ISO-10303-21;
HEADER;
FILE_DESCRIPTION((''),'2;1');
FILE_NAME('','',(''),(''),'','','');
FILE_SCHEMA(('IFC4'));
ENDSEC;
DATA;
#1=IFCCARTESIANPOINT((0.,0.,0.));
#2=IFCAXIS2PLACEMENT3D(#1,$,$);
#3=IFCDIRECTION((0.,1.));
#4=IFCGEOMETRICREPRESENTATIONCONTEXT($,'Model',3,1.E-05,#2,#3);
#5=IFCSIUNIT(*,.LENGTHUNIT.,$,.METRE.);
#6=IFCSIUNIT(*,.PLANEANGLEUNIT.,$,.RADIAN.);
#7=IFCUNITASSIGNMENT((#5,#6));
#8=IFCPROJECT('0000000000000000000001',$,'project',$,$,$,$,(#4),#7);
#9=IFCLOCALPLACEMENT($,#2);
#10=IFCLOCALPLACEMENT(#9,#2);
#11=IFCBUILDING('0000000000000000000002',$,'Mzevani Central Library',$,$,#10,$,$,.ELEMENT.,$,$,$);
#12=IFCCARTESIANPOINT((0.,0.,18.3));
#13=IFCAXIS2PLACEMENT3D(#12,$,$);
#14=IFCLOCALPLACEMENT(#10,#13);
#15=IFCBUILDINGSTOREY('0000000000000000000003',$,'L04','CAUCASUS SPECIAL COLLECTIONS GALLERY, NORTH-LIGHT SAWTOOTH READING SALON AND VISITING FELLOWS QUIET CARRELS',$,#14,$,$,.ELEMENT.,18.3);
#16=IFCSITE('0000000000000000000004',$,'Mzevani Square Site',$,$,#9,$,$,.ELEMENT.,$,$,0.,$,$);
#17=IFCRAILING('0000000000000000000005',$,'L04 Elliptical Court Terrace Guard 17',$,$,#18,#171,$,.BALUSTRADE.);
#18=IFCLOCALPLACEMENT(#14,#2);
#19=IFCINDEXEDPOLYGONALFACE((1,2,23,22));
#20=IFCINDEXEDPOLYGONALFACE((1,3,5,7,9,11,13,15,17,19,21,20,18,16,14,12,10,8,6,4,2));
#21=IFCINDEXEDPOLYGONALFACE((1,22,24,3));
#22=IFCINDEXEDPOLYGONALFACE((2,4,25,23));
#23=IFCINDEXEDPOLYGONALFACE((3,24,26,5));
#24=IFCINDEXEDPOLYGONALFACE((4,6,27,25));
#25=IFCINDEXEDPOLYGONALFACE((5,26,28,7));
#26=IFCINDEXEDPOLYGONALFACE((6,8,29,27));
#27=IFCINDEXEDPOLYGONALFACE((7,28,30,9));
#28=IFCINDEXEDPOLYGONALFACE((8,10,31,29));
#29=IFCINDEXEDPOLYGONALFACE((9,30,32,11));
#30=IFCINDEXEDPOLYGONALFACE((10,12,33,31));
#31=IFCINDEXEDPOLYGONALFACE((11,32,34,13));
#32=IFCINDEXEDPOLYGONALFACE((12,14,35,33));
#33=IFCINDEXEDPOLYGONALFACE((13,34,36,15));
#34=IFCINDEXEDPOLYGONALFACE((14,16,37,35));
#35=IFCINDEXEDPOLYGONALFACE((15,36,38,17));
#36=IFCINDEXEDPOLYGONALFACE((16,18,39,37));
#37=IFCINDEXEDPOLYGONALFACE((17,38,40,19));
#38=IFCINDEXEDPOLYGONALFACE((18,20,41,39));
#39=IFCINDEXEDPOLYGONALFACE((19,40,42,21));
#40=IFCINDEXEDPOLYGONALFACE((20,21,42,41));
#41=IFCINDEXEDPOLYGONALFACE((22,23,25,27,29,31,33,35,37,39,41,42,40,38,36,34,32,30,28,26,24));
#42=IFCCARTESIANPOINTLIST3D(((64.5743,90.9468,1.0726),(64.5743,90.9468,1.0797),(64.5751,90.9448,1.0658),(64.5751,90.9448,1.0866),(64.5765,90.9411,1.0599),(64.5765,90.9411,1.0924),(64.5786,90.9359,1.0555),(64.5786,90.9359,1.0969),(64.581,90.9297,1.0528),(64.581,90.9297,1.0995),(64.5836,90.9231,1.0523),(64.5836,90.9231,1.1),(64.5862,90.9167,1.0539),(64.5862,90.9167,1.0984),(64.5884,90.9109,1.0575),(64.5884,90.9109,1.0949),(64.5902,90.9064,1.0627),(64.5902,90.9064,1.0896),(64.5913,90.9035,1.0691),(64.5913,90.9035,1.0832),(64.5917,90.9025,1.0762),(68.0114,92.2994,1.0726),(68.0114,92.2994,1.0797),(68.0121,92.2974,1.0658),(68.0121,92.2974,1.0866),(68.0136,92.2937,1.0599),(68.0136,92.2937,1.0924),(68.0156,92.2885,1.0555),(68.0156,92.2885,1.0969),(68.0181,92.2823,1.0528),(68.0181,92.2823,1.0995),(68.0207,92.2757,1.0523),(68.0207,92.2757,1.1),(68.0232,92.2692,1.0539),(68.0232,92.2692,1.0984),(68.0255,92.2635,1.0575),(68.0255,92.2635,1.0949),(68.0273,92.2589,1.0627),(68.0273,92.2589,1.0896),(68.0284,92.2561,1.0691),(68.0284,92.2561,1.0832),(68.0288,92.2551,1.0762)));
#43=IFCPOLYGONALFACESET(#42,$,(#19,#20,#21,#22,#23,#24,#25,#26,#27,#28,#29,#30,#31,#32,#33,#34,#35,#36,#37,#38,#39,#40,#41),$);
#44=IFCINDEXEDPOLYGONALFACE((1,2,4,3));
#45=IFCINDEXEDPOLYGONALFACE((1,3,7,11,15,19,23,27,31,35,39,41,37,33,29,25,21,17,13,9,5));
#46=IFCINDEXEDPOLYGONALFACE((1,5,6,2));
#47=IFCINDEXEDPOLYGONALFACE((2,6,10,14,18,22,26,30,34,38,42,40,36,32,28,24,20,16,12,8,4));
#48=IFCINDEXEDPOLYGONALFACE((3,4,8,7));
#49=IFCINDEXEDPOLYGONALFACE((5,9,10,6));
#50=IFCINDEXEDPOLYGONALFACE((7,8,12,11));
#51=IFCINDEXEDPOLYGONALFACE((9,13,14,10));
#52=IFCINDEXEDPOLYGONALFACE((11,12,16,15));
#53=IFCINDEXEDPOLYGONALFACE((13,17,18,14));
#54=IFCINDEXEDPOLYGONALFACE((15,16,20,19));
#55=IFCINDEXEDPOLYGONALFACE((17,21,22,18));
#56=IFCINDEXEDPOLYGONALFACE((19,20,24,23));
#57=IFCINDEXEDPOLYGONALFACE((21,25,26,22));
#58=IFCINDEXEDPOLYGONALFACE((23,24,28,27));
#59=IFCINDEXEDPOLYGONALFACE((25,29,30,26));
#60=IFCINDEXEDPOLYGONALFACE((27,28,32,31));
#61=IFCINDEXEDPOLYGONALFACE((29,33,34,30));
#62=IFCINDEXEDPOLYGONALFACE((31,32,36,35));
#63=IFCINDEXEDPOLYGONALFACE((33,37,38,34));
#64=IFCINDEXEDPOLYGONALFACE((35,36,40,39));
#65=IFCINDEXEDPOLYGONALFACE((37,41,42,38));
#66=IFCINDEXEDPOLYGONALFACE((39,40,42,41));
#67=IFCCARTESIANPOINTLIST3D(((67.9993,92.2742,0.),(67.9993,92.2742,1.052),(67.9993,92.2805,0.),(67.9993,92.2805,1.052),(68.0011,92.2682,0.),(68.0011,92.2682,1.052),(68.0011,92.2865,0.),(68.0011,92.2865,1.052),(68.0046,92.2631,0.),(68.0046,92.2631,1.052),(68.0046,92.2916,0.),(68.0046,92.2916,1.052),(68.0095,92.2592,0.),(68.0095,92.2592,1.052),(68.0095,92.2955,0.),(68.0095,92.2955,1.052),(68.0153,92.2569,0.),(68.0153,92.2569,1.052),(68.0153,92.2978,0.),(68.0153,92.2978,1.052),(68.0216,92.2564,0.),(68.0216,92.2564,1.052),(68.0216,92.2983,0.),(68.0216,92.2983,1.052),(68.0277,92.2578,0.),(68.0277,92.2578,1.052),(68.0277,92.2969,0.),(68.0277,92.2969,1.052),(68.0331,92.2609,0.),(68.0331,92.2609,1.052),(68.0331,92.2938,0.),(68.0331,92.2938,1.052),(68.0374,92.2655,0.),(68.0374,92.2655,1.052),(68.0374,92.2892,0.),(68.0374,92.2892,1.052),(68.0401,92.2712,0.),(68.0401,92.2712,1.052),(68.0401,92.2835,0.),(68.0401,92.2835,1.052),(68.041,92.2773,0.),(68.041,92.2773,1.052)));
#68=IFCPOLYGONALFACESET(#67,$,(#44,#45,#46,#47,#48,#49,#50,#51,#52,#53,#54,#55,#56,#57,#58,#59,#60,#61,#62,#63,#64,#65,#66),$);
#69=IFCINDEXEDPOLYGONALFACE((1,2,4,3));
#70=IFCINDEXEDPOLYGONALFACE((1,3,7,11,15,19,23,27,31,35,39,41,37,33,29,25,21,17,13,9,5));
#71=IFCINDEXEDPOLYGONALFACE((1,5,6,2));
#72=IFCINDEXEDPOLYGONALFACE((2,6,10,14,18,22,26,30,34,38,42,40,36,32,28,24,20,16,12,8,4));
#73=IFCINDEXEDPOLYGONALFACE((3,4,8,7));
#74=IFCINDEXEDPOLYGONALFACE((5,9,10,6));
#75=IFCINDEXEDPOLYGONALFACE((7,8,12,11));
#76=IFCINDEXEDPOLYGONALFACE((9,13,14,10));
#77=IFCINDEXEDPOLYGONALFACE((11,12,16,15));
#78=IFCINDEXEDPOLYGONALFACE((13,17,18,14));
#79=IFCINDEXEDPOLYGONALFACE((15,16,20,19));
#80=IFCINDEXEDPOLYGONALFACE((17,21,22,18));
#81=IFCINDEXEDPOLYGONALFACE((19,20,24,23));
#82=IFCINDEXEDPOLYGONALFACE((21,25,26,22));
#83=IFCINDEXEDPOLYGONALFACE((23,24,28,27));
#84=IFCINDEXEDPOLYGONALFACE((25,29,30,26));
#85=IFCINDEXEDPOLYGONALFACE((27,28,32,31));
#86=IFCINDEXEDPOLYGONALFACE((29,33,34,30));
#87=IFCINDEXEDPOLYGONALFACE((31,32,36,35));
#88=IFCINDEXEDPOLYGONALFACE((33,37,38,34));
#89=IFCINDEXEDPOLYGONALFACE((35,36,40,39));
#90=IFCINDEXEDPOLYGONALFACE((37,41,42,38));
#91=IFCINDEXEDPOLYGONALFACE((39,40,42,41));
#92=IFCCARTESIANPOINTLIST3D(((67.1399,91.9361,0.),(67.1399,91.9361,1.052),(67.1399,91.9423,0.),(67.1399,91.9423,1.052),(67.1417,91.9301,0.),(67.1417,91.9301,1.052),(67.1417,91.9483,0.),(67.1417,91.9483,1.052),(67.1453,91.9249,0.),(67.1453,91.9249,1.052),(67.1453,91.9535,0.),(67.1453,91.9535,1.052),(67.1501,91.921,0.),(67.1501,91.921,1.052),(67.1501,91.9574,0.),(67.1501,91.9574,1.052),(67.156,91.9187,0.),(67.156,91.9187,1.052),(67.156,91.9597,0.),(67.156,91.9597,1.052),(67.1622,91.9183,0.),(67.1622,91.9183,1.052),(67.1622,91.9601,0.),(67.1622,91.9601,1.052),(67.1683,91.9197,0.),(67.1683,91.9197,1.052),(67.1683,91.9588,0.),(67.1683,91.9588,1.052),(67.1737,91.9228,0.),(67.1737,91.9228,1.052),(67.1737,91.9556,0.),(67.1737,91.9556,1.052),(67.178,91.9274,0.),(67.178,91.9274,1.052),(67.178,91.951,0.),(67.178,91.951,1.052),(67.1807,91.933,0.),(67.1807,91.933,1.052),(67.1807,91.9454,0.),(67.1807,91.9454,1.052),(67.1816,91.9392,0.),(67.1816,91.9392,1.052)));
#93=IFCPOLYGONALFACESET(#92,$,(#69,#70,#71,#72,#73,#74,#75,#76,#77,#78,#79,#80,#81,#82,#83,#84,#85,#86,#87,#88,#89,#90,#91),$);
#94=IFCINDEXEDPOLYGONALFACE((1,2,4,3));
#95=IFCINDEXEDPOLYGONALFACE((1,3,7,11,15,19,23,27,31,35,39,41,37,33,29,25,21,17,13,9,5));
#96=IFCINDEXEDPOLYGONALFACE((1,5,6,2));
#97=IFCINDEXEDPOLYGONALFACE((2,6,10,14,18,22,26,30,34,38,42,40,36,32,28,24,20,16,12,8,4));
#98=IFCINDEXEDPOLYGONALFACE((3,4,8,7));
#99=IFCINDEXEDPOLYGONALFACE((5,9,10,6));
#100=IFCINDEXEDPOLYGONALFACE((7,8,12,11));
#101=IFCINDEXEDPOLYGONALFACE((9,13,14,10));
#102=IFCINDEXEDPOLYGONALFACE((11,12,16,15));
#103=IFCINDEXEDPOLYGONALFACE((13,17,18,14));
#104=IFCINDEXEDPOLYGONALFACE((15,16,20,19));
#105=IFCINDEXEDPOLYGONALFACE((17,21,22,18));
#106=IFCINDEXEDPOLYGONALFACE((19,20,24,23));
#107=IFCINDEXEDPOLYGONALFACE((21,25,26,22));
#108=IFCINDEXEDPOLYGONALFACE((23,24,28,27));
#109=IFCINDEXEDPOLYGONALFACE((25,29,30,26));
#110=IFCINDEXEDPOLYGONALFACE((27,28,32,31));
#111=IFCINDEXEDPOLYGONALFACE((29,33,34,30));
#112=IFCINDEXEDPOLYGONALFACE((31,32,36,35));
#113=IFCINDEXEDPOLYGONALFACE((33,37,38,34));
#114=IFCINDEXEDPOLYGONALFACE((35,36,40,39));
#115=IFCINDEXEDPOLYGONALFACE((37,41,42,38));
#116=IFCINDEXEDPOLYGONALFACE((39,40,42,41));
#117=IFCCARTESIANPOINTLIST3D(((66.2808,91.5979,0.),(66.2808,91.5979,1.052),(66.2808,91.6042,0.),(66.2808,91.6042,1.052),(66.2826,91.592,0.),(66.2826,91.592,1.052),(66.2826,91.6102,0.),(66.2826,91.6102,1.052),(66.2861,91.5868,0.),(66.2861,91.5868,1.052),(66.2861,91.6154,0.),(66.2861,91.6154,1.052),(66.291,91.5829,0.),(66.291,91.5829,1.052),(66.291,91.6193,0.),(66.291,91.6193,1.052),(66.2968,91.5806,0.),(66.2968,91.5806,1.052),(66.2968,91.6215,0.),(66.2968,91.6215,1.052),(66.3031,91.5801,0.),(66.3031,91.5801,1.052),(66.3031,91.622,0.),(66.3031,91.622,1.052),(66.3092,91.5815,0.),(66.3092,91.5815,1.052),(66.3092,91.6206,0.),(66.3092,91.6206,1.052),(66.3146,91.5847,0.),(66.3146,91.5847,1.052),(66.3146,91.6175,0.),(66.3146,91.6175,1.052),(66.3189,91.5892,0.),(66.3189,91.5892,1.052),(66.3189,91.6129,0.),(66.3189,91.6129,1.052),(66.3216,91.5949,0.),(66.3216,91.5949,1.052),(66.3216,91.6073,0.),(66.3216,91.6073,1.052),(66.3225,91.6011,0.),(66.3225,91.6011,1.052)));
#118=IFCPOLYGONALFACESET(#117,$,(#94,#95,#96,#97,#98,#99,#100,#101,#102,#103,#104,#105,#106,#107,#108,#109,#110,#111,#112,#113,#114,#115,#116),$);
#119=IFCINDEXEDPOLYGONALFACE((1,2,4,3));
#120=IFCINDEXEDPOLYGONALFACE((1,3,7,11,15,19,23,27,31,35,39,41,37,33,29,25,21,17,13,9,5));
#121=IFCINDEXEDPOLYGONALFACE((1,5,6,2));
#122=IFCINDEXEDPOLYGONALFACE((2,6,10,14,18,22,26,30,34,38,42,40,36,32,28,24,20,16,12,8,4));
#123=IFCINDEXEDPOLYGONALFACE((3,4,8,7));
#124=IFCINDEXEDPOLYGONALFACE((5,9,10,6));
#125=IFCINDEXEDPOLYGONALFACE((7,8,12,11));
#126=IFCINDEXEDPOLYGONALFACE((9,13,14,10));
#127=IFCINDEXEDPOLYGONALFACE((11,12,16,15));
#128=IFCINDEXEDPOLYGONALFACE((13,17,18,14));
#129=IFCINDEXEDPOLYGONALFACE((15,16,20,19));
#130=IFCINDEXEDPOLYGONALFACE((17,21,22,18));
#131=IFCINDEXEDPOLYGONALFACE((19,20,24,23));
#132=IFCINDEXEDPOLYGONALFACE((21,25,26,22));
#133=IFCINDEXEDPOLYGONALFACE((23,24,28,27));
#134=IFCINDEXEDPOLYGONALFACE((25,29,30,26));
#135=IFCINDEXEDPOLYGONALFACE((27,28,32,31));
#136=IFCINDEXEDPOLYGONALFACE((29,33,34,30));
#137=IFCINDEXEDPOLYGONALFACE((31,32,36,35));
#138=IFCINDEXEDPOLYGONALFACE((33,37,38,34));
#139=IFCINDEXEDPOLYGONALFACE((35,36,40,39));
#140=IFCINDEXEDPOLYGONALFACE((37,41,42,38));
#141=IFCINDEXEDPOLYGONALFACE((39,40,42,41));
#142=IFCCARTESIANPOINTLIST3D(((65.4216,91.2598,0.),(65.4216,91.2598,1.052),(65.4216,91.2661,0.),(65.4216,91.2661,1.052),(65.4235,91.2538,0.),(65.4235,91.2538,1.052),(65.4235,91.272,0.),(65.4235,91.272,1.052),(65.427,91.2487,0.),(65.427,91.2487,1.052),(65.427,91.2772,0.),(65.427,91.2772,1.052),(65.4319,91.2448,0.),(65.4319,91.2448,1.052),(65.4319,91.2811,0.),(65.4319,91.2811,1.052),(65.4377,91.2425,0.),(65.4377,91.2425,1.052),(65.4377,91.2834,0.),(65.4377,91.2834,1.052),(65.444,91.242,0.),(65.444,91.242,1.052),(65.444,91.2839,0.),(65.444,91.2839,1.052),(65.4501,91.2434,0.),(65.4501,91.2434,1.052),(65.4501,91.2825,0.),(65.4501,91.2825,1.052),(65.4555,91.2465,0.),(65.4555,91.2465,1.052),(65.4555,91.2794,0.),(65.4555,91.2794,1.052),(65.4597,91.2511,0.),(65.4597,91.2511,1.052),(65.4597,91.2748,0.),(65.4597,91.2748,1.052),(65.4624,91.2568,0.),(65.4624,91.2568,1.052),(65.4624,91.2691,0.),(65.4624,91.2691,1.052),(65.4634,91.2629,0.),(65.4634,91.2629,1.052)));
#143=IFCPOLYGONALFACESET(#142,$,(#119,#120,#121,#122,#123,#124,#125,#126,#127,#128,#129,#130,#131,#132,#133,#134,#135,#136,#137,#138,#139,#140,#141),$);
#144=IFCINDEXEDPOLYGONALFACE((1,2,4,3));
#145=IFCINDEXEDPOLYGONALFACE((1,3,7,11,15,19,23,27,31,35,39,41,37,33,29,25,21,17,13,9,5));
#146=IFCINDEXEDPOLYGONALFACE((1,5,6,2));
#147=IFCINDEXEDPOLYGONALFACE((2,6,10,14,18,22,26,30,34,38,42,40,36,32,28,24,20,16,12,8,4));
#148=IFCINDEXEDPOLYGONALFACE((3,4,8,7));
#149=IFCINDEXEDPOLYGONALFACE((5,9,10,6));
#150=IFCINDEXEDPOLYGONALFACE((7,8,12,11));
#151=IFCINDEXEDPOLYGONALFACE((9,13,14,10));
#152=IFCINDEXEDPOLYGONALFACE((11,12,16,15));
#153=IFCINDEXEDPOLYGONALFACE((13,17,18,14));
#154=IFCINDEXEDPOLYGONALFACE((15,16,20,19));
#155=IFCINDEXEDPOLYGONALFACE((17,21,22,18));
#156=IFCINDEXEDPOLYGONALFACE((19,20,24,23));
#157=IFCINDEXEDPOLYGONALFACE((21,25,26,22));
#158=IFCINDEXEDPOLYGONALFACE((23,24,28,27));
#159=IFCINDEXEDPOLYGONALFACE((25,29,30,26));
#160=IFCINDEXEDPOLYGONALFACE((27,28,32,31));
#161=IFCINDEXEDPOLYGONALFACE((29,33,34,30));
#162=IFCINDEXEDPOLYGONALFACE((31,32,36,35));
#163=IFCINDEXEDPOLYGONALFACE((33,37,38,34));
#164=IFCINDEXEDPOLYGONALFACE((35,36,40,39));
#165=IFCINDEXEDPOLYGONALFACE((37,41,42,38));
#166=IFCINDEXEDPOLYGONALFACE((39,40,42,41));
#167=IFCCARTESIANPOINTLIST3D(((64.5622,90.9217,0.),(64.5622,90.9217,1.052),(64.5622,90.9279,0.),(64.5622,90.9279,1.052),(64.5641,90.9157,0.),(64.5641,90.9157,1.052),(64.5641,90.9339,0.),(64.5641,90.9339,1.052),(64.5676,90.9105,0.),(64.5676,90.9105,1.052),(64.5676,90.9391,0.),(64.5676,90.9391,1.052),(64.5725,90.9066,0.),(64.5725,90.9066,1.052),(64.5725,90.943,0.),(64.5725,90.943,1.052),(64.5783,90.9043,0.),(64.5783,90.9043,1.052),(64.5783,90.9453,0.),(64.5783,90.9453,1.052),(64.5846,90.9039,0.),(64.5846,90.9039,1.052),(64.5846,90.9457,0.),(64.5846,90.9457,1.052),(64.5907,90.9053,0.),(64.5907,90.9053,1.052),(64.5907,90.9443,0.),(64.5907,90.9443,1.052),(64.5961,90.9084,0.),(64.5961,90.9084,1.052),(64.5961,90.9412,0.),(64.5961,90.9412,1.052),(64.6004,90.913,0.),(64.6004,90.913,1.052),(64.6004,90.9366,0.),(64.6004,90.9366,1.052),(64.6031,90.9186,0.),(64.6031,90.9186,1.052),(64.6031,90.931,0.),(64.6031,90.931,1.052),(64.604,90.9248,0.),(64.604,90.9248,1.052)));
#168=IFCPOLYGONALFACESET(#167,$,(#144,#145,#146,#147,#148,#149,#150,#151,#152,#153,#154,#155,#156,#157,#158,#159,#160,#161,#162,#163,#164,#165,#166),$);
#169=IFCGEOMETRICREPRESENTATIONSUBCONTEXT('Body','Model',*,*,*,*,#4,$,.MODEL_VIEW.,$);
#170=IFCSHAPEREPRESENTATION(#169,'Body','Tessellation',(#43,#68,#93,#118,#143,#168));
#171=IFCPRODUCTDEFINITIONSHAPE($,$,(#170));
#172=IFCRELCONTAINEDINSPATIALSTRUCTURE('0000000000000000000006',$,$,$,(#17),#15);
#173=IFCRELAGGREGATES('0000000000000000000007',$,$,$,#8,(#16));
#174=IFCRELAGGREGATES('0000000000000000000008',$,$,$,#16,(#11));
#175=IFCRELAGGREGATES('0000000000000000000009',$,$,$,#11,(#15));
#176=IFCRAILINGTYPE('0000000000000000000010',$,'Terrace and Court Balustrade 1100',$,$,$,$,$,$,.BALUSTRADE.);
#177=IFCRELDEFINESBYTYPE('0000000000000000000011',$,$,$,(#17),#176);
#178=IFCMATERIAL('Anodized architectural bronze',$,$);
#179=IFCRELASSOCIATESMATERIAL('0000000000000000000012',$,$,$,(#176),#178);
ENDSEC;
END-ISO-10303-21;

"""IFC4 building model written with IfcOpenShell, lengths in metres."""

from ifc_helpers import new_model, si_unit, direction, frame, origin, origin_2d, place, context, subcontext, project, spatial, circle, extrude, material, type_object, element, save


model = new_model("IFC4")

# Units and contexts
model_context = context("Model", 3, precision=1e-05, world=origin(), true_north=direction((0.0, 1.0)))
body_context = subcontext(model_context, "Body", "Model", "MODEL_VIEW")
ifc_project = project(units=[si_unit("LENGTHUNIT", "METRE"), si_unit("PLANEANGLEUNIT", "RADIAN")], contexts=[model_context])

# Site, building, storey
site_placement = place(None, origin())
site = spatial("IfcSite", under=ifc_project, at=site_placement, Name="Mzevani Square Site", CompositionType="ELEMENT", RefElevation=0.0)
building_placement = place(site_placement, origin())
building = spatial("IfcBuilding", under=site, at=building_placement, Name="Mzevani Central Library", CompositionType="ELEMENT")
storey_placement = place(building_placement, frame((0.0, 0.0, 18.3)))
storey = spatial("IfcBuildingStorey", under=building, at=storey_placement, Name="L04", Description="CAUCASUS SPECIAL COLLECTIONS GALLERY, NORTH-LIGHT SAWTOOTH READING SALON AND VISITING FELLOWS QUIET CARRELS", CompositionType="ELEMENT", Elevation=18.3)

# Railing
ifc_material_1 = material(Name="Anodized architectural bronze")
railing_type = type_object("IfcRailingType", Name="Terrace and Court Balustrade 1100", PredefinedType="BALUSTRADE", material=ifc_material_1)
railing_1_placement = place(storey_placement, frame((68.02, 92.2773, 0.0)))
element("IfcRailing", 1, at=railing_1_placement, inside=storey, type_object=railing_type, Name="L04 Elliptical Court Terrace Guard 17", PredefinedType="BALUSTRADE", context=body_context, shape_type="SweptSolid", body=[
    extrude(circle(Radius=0.0239, at=origin_2d()), frame((0.0, 0.0, 1.0762), z_axis=(-0.930541, -0.366188, 0.0), x_axis=(0.366188, -0.930541, 0.0)), (0.0, 0.0, 1.0), 3.6936),
    extrude(circle(Radius=0.021, at=origin_2d()), origin(), (0.0, 0.0, 1.0), 1.052),
    extrude(circle(Radius=0.021, at=origin_2d()), frame((-0.8594, -0.3381, 0.0)), (0.0, 0.0, 1.0), 1.052),
    extrude(circle(Radius=0.021, at=origin_2d()), frame((-1.7185, -0.6763, 0.0)), (0.0, 0.0, 1.0), 1.052),
    extrude(circle(Radius=0.021, at=origin_2d()), frame((-2.5776, -1.0144, 0.0)), (0.0, 0.0, 1.0), 1.052),
    extrude(circle(Radius=0.021, at=origin_2d()), frame((-3.437, -1.3525, 0.0)), (0.0, 0.0, 1.0), 1.052),
])

save(model, "model.ifc")
